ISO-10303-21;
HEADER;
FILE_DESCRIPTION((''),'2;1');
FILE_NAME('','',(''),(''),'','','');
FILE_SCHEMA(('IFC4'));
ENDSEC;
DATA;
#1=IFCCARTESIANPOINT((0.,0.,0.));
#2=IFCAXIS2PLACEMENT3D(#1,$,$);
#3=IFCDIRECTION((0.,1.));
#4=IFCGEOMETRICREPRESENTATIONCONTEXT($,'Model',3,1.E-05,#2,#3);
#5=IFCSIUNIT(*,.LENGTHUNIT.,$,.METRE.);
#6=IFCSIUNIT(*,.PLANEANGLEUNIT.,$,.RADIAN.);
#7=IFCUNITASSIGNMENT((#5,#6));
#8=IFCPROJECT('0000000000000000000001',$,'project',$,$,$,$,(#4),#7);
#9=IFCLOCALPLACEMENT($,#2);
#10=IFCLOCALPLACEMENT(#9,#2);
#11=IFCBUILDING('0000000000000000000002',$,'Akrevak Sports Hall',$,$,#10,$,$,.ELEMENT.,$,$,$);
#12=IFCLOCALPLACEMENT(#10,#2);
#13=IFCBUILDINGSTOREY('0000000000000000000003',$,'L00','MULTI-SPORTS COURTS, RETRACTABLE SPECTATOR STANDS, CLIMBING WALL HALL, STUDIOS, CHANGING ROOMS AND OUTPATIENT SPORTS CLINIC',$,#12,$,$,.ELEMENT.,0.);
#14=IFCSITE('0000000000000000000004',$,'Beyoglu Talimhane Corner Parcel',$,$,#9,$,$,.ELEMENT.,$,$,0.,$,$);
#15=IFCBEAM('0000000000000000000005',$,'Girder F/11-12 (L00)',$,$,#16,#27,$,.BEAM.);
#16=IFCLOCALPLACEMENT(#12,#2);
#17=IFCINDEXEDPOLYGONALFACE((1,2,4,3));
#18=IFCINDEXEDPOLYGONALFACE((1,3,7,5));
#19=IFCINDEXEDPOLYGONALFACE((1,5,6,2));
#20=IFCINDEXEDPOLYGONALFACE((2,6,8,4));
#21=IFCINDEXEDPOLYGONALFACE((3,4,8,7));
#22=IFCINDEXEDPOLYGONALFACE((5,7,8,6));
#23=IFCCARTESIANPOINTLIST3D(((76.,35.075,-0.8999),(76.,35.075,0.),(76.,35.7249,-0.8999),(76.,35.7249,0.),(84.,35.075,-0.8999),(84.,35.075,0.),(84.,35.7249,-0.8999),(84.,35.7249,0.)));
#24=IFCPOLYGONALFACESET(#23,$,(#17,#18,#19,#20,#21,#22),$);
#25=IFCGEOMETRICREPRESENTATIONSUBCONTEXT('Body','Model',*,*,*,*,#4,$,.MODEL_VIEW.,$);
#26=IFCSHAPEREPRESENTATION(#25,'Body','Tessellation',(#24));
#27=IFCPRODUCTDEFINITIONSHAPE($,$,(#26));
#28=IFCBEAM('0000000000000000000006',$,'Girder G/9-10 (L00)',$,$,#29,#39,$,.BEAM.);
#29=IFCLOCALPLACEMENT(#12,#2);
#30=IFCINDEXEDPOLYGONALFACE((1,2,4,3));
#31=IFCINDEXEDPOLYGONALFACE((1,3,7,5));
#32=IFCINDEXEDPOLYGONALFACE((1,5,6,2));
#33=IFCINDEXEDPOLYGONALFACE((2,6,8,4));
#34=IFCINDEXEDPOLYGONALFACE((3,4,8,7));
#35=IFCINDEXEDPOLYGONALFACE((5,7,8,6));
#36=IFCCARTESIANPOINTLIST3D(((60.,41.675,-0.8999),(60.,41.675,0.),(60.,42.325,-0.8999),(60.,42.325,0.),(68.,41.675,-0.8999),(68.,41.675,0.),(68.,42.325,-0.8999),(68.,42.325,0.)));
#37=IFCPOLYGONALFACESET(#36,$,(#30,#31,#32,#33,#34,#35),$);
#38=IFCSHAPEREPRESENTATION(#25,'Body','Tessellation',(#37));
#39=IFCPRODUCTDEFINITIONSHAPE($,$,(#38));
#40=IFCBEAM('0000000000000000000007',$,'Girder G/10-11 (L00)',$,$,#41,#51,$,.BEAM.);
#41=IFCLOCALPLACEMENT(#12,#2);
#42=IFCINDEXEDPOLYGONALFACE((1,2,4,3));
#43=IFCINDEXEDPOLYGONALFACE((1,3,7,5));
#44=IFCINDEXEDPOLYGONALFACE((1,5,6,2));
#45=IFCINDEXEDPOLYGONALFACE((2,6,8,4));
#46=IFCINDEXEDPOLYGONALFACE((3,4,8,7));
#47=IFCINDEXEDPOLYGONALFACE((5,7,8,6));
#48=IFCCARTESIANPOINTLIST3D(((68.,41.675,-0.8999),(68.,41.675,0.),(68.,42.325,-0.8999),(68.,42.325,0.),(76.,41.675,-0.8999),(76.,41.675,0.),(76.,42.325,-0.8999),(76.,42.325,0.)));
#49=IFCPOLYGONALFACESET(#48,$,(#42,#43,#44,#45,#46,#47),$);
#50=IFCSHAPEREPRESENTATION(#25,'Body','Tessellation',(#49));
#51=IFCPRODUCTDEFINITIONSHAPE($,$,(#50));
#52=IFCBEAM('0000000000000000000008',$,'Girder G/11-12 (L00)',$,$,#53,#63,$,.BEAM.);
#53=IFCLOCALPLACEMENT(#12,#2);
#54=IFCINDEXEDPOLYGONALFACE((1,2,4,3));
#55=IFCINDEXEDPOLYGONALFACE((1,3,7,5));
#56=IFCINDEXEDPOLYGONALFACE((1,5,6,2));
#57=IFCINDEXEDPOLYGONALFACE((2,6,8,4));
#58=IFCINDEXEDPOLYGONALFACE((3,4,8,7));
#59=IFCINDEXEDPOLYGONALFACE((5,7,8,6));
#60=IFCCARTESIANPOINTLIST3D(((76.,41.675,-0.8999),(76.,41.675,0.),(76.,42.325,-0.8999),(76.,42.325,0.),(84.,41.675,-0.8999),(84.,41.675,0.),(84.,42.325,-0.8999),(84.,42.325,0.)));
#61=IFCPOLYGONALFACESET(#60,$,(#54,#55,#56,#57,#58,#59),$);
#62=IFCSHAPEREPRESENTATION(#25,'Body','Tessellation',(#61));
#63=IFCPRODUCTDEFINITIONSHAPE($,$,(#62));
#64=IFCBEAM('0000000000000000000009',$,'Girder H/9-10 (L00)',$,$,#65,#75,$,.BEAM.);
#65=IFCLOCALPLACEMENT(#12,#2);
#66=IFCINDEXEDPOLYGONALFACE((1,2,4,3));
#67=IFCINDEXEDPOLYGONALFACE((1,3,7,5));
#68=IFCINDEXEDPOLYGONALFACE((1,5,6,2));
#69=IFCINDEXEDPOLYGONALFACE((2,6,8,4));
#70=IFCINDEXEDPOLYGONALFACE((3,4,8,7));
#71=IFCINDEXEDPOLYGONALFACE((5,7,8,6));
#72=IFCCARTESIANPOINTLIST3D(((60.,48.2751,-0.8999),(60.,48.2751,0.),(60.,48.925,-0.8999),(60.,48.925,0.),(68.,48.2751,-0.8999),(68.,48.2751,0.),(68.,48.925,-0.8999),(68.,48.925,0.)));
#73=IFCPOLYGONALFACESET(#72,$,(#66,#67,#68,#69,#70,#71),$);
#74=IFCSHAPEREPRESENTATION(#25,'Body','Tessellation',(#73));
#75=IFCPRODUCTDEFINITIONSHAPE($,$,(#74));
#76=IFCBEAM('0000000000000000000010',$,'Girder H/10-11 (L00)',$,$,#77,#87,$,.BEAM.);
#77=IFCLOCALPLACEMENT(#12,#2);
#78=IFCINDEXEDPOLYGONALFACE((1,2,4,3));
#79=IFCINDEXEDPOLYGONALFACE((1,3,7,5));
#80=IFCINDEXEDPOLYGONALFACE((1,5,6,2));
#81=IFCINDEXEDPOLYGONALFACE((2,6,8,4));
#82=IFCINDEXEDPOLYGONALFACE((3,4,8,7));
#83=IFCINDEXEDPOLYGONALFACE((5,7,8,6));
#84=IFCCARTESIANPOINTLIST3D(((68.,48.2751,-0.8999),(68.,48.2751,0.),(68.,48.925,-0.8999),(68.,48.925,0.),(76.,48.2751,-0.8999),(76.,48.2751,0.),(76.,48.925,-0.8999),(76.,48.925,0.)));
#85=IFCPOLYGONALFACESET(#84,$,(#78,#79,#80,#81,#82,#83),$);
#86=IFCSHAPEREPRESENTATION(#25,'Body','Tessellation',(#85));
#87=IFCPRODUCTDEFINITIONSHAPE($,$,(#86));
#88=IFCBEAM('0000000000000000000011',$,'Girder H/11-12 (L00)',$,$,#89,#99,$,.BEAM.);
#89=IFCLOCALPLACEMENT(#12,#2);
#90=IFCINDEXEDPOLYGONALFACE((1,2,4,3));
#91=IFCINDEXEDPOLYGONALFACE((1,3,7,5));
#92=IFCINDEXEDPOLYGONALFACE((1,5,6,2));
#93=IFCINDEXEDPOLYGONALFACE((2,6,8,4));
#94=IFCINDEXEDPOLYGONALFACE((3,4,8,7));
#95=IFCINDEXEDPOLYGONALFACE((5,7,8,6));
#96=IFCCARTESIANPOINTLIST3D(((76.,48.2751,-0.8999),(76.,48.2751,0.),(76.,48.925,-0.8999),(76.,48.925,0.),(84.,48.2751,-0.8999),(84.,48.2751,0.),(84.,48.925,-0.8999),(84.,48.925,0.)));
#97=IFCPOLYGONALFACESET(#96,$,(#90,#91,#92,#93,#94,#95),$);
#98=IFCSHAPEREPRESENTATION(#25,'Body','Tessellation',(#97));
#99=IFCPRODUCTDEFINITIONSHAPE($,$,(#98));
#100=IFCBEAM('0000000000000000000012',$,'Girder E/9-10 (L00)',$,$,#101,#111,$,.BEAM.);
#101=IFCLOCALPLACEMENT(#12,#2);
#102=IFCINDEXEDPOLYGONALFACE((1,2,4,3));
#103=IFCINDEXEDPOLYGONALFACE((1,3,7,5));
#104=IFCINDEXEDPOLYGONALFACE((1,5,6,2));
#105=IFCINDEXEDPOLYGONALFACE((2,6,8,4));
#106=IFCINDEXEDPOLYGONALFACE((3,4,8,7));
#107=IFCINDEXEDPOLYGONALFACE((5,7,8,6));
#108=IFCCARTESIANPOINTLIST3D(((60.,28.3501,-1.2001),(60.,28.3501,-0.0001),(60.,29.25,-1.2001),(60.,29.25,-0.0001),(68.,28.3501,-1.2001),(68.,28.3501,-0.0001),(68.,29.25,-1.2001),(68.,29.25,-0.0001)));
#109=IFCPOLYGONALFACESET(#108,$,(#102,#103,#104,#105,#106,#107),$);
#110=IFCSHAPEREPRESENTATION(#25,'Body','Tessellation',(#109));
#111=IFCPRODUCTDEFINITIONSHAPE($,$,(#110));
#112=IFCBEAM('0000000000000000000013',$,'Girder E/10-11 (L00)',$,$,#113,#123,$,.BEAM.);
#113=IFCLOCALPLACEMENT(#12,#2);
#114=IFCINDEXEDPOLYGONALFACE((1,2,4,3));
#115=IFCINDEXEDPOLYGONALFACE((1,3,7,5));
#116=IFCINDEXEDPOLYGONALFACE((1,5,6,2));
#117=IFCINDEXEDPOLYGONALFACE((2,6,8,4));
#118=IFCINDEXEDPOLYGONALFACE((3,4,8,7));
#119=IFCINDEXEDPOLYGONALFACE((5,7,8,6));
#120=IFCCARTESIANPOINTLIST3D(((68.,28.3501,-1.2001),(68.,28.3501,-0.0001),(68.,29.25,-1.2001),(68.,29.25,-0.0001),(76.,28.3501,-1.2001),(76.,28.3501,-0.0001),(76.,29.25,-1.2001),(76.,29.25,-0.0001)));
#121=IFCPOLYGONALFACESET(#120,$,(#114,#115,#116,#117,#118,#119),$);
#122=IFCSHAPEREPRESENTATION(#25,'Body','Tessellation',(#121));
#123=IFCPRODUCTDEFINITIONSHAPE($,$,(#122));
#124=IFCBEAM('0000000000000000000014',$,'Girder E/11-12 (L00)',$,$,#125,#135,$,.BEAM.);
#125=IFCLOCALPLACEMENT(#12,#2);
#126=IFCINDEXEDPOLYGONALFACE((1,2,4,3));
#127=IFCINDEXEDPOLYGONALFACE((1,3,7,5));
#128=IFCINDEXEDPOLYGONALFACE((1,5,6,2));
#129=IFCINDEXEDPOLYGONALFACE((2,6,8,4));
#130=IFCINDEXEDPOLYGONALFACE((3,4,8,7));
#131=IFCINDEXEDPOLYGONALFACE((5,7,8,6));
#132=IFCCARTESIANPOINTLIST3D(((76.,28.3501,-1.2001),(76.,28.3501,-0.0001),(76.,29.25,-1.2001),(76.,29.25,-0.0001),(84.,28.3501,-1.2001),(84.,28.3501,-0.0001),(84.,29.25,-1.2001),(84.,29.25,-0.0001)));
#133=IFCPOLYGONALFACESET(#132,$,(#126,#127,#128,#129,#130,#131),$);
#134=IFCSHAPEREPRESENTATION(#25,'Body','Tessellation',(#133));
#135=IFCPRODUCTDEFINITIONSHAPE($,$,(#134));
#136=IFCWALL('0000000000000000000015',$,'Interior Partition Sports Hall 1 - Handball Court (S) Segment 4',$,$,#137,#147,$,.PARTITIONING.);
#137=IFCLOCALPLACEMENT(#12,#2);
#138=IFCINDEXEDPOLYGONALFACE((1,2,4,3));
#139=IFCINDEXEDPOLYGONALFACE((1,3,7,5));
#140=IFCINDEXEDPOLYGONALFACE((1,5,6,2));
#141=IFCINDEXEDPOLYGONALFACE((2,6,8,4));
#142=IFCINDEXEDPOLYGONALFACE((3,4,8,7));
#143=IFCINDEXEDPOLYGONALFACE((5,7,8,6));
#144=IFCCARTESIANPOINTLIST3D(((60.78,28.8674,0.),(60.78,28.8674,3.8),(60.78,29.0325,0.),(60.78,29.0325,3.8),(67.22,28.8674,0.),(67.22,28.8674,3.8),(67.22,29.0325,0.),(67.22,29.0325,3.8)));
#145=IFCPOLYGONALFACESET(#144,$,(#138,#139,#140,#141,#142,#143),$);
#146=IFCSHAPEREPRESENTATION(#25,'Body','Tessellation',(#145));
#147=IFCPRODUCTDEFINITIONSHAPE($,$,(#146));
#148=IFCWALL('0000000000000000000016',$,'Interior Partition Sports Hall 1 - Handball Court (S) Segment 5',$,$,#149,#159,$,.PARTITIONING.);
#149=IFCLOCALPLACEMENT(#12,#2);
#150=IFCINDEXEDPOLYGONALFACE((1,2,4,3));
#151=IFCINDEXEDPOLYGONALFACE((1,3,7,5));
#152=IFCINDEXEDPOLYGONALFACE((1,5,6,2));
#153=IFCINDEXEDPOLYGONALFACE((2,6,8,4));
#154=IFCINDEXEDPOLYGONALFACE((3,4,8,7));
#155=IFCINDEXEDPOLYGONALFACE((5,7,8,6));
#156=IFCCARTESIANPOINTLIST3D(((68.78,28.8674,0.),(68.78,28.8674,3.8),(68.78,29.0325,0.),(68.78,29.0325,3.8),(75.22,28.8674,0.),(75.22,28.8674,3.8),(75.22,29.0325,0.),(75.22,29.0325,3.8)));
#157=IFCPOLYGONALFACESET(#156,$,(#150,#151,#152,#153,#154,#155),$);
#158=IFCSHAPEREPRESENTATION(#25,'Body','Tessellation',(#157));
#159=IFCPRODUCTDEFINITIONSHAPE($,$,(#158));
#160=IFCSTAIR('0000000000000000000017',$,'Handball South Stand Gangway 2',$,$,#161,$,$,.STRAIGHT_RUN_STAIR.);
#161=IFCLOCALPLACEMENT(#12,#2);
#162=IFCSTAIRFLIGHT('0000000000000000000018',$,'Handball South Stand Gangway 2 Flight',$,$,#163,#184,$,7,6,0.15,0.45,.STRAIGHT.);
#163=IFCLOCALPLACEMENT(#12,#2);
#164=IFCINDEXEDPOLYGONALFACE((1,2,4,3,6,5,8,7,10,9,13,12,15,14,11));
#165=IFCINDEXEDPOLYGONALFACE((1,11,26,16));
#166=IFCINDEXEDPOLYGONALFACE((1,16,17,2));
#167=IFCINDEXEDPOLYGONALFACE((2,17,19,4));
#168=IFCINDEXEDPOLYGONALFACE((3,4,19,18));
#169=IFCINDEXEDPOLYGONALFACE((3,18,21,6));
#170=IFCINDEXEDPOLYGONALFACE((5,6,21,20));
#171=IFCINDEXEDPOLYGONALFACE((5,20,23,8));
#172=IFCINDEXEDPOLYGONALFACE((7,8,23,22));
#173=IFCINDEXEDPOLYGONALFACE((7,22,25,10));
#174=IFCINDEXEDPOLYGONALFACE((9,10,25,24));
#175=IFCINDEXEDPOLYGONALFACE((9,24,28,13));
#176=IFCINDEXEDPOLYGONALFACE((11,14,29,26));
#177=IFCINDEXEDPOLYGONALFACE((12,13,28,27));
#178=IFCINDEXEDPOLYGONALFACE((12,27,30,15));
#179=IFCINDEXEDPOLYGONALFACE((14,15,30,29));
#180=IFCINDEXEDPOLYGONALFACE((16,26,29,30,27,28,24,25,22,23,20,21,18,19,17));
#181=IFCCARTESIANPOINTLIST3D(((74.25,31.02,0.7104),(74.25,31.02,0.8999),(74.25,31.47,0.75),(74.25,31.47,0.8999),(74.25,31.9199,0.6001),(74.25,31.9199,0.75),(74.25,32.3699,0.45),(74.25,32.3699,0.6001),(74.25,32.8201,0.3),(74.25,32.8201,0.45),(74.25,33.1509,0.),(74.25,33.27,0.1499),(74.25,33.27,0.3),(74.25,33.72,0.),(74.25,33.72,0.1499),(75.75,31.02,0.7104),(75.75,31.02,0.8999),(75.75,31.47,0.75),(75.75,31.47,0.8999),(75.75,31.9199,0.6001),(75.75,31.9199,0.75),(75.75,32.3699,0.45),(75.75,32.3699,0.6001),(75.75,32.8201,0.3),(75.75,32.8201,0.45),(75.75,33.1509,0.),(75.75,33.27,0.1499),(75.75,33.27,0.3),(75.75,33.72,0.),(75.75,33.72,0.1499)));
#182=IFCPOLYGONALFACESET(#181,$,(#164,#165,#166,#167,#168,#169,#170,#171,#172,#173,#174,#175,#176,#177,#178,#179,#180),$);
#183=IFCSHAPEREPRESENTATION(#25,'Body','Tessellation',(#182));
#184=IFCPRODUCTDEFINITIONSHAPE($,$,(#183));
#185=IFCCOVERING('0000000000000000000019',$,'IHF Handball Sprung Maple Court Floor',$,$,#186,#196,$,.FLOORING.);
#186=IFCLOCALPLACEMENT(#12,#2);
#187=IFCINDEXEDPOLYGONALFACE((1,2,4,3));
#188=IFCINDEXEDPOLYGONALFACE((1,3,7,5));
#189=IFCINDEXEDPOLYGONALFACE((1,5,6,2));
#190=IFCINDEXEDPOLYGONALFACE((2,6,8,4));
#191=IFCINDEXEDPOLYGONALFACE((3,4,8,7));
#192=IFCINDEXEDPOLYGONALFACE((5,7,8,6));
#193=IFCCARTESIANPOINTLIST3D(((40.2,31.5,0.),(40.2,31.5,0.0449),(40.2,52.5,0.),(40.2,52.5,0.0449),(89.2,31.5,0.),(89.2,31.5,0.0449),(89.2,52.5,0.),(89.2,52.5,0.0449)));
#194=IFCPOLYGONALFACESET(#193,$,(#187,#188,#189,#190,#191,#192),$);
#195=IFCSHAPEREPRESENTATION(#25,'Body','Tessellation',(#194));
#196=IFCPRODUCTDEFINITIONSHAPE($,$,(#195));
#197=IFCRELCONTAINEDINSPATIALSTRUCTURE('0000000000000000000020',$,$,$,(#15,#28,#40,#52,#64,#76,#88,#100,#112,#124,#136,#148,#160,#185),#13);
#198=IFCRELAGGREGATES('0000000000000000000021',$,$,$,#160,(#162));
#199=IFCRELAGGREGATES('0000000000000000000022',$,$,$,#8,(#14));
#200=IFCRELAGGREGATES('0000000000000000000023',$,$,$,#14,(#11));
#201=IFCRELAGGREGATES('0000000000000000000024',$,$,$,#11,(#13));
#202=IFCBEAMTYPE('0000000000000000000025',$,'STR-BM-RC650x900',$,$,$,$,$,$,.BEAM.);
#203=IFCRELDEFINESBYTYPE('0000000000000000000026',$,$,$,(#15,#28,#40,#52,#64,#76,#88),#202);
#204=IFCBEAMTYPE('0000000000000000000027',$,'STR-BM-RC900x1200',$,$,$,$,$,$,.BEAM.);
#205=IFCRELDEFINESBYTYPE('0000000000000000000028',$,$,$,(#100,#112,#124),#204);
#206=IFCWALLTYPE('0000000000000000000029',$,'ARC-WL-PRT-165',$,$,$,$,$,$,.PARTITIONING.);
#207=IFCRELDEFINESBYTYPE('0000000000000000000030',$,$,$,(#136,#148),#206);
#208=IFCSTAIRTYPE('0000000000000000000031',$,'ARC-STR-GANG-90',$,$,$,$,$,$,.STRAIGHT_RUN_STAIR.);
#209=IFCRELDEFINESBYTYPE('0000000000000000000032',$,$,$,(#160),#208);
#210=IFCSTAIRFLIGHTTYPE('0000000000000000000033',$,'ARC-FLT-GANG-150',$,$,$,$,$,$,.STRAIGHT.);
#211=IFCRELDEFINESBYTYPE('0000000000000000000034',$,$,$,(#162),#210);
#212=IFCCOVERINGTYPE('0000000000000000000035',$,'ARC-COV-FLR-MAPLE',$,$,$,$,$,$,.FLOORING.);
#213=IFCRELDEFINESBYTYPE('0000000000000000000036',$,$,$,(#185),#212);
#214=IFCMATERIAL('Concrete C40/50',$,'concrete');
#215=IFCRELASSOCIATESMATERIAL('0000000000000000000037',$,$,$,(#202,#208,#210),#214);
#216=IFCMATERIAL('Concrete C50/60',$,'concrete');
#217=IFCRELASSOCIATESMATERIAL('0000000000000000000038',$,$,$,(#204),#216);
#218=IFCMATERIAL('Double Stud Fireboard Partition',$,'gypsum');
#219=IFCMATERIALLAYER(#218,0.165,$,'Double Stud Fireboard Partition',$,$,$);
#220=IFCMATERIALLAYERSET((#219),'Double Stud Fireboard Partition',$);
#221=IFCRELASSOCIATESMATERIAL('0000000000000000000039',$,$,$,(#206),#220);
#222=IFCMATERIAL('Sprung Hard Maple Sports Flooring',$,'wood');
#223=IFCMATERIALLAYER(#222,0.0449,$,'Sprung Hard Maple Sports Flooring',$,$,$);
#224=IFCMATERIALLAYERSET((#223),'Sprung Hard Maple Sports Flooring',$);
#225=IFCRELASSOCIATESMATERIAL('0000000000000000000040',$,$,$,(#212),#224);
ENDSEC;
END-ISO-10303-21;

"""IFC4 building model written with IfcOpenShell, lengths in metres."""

from ifc_helpers import new_model, si_unit, direction, frame, frame_2d, origin, origin_2d, place, context, subcontext, project, spatial, polyline, rectangle, outline, extrude, material, layer, layer_set, material_profile, profile_set, type_object, element, aggregate, save


model = new_model("IFC4")

# Units and contexts
model_context = context("Model", 3, precision=1e-05, world=origin(), true_north=direction((0.0, 1.0)))
body_context = subcontext(model_context, "Body", "Model", "MODEL_VIEW")
ifc_project = project(units=[si_unit("LENGTHUNIT", "METRE"), si_unit("PLANEANGLEUNIT", "RADIAN")], contexts=[model_context])

# Site, building, storey
site_placement = place(None, origin())
site = spatial("IfcSite", under=ifc_project, at=site_placement, Name="Beyoglu Talimhane Corner Parcel", CompositionType="ELEMENT", RefElevation=0.0)
building_placement = place(site_placement, origin())
building = spatial("IfcBuilding", under=site, at=building_placement, Name="Akrevak Sports Hall", CompositionType="ELEMENT")
storey_placement = place(building_placement, origin())
storey = spatial("IfcBuildingStorey", under=building, at=storey_placement, Name="L00", Description="MULTI-SPORTS COURTS, RETRACTABLE SPECTATOR STANDS, CLIMBING WALL HALL, STUDIOS, CHANGING ROOMS AND OUTPATIENT SPORTS CLINIC", CompositionType="ELEMENT", Elevation=0.0)

# Shared definitions
ifc_material_1 = material(Name="Concrete C50/60", Category="concrete")

# Beams
ifc_material_2 = material(Name="Concrete C40/50", Category="concrete")
ifc_material_profile_1 = material_profile(ifc_material_2, rectangle(XDim=0.6499, YDim=0.8999, at=origin_2d()), Name="BM 650x900", Category="concrete")
ifc_profile_set_1 = profile_set([ifc_material_profile_1], Name="Concrete C40/50")
beam_type_1 = type_object("IfcBeamType", Name="STR-BM-RC650x900", PredefinedType="BEAM", material=ifc_profile_set_1)
for number, where, z_axis, x_axis, name in (
    (1, (76.0, 35.3999, -0.45), (1.0, 0.0, 0.0), (0.0, 1.0, 0.0), "Girder F/11-12 (L00)"),
    (2, (60.0, 42.0, -0.45), (1.0, 0.0, 0.0), (0.0, 1.0, 0.0), "Girder G/9-10 (L00)"),
    (3, (68.0, 42.0, -0.45), (1.0, 0.0, 0.0), (0.0, 1.0, 0.0), "Girder G/10-11 (L00)"),
    (4, (76.0, 42.0, -0.45), (1.0, 0.0, 0.0), (0.0, 1.0, 0.0), "Girder G/11-12 (L00)"),
    (5, (60.0, 48.6001, -0.45), (1.0, 0.0, 0.0), (0.0, 1.0, 0.0), "Girder H/9-10 (L00)"),
    (6, (68.0, 48.6001, -0.45), (1.0, 0.0, 0.0), (0.0, 1.0, 0.0), "Girder H/10-11 (L00)"),
    (7, (76.0, 48.6001, -0.45), (1.0, 0.0, 0.0), (0.0, 1.0, 0.0), "Girder H/11-12 (L00)"),
):
    element("IfcBeam", number, at=place(storey_placement, frame(where, z_axis=z_axis, x_axis=x_axis)), inside=storey, type_object=beam_type_1, Name=name, PredefinedType="BEAM", context=body_context, shape_type="SweptSolid", body=[
        extrude(rectangle(XDim=0.6499, YDim=0.8999, at=origin_2d()), origin(), (0.0, 0.0, 1.0), 8.0),
    ])
ifc_material_profile_2 = material_profile(ifc_material_1, rectangle(XDim=0.8999, YDim=1.2, at=origin_2d()), Name="BM 900x1200", Category="concrete")
ifc_profile_set_2 = profile_set([ifc_material_profile_2], Name="Concrete C50/60")
beam_type_2 = type_object("IfcBeamType", Name="STR-BM-RC900x1200", PredefinedType="BEAM", material=ifc_profile_set_2)
for number, where, z_axis, x_axis, name in (
    (8, (60.0, 28.8, -0.6001), (1.0, 0.0, 0.0), (0.0, 1.0, 0.0), "Girder E/9-10 (L00)"),
    (9, (68.0, 28.8, -0.6001), (1.0, 0.0, 0.0), (0.0, 1.0, 0.0), "Girder E/10-11 (L00)"),
    (10, (76.0, 28.8, -0.6001), (1.0, 0.0, 0.0), (0.0, 1.0, 0.0), "Girder E/11-12 (L00)"),
):
    element("IfcBeam", number, at=place(storey_placement, frame(where, z_axis=z_axis, x_axis=x_axis)), inside=storey, type_object=beam_type_2, Name=name, PredefinedType="BEAM", context=body_context, shape_type="SweptSolid", body=[
        extrude(rectangle(XDim=0.8999, YDim=1.2, at=origin_2d()), origin(), (0.0, 0.0, 1.0), 8.0),
    ])

# Walls
ifc_material_3 = material(Name="Double Stud Fireboard Partition", Category="gypsum")
ifc_layer_1 = layer(ifc_material_3, 0.165, Name="Double Stud Fireboard Partition")
ifc_layer_set_1 = layer_set([ifc_layer_1], Name="Double Stud Fireboard Partition")
wall_type = type_object("IfcWallType", Name="ARC-WL-PRT-165", PredefinedType="PARTITIONING", material=ifc_layer_set_1)
for number, where, z_axis, x_axis, name in (
    (11, (60.78, 28.95, 0.0), (0.0, 0.0, 1.0), (1.0, 0.0, 0.0), "Interior Partition Sports Hall 1 - Handball Court (S) Segment 4"),
    (12, (68.78, 28.95, 0.0), (0.0, 0.0, 1.0), (1.0, 0.0, 0.0), "Interior Partition Sports Hall 1 - Handball Court (S) Segment 5"),
):
    element("IfcWall", number, at=place(storey_placement, frame(where, z_axis=z_axis, x_axis=x_axis)), inside=storey, type_object=wall_type, Name=name, PredefinedType="PARTITIONING", context=body_context, shape_type="SweptSolid", body=[
        extrude(rectangle(XDim=6.4399, YDim=0.165, at=frame_2d((3.22, 0.0))), origin(), (0.0, 0.0, 1.0), 3.8),
    ])

# Stair, stair flight
stair_type = type_object("IfcStairType", Name="ARC-STR-GANG-90", PredefinedType="STRAIGHT_RUN_STAIR", material=ifc_material_2)
stair_placement = place(storey_placement, origin())
stair = element("IfcStair", 13, at=stair_placement, inside=storey, type_object=stair_type, Name="Handball South Stand Gangway 2", PredefinedType="STRAIGHT_RUN_STAIR")
stair_flight_type = type_object("IfcStairFlightType", Name="ARC-FLT-GANG-150", PredefinedType="STRAIGHT", material=ifc_material_2)
stair_flight_placement = place(storey_placement, frame((75.0, 33.72, 0.0), z_axis=(0.0, 0.0, 1.0), x_axis=(0.0, -1.0, 0.0)))
stair_flight = element("IfcStairFlight", 14, at=stair_flight_placement, type_object=stair_flight_type, Name="Handball South Stand Gangway 2 Flight", NumberOfRisers=7, NumberOfTreads=6, PredefinedType="STRAIGHT", RiserHeight=0.15, TreadLength=0.45, context=body_context, shape_type="SweptSolid", body=[
    extrude(outline(polyline([(0.0, 0.0), (0.0, 0.1499), (0.45, 0.1499), (0.45, 0.3), (0.8999, 0.3), (0.8999, 0.45), (1.3501, 0.45), (1.3501, 0.6001), (1.8, 0.6001), (1.8, 0.75), (2.25, 0.75), (2.25, 0.8999), (2.7, 0.8999), (2.7, 1.05), (2.7, 0.7104), (0.5691, 0.0), (0.0, 0.0)])), frame((0.0, 0.75, 0.0), z_axis=(0.0, -1.0, 0.0), x_axis=(1.0, 0.0, 0.0)), (0.0, 0.0, 1.0), 1.5),
])
aggregate(stair, [stair_flight])

# Covering
ifc_material_4 = material(Name="Sprung Hard Maple Sports Flooring", Category="wood")
ifc_layer_2 = layer(ifc_material_4, 0.0449, Name="Sprung Hard Maple Sports Flooring")
ifc_layer_set_2 = layer_set([ifc_layer_2], Name="Sprung Hard Maple Sports Flooring")
covering_type = type_object("IfcCoveringType", Name="ARC-COV-FLR-MAPLE", PredefinedType="FLOORING", material=ifc_layer_set_2)
covering_placement = place(storey_placement, frame((64.7, 42.0, 0.0), z_axis=(0.0, 0.0, 1.0), x_axis=(1.0, 0.0, 0.0)))
element("IfcCovering", 15, at=covering_placement, inside=storey, type_object=covering_type, Name="IHF Handball Sprung Maple Court Floor", PredefinedType="FLOORING", context=body_context, shape_type="SweptSolid", body=[
    extrude(rectangle(XDim=49.0, YDim=21.0, at=origin_2d()), origin(), (0.0, 0.0, 1.0), 0.0449),
])

save(model, "model.ifc")
